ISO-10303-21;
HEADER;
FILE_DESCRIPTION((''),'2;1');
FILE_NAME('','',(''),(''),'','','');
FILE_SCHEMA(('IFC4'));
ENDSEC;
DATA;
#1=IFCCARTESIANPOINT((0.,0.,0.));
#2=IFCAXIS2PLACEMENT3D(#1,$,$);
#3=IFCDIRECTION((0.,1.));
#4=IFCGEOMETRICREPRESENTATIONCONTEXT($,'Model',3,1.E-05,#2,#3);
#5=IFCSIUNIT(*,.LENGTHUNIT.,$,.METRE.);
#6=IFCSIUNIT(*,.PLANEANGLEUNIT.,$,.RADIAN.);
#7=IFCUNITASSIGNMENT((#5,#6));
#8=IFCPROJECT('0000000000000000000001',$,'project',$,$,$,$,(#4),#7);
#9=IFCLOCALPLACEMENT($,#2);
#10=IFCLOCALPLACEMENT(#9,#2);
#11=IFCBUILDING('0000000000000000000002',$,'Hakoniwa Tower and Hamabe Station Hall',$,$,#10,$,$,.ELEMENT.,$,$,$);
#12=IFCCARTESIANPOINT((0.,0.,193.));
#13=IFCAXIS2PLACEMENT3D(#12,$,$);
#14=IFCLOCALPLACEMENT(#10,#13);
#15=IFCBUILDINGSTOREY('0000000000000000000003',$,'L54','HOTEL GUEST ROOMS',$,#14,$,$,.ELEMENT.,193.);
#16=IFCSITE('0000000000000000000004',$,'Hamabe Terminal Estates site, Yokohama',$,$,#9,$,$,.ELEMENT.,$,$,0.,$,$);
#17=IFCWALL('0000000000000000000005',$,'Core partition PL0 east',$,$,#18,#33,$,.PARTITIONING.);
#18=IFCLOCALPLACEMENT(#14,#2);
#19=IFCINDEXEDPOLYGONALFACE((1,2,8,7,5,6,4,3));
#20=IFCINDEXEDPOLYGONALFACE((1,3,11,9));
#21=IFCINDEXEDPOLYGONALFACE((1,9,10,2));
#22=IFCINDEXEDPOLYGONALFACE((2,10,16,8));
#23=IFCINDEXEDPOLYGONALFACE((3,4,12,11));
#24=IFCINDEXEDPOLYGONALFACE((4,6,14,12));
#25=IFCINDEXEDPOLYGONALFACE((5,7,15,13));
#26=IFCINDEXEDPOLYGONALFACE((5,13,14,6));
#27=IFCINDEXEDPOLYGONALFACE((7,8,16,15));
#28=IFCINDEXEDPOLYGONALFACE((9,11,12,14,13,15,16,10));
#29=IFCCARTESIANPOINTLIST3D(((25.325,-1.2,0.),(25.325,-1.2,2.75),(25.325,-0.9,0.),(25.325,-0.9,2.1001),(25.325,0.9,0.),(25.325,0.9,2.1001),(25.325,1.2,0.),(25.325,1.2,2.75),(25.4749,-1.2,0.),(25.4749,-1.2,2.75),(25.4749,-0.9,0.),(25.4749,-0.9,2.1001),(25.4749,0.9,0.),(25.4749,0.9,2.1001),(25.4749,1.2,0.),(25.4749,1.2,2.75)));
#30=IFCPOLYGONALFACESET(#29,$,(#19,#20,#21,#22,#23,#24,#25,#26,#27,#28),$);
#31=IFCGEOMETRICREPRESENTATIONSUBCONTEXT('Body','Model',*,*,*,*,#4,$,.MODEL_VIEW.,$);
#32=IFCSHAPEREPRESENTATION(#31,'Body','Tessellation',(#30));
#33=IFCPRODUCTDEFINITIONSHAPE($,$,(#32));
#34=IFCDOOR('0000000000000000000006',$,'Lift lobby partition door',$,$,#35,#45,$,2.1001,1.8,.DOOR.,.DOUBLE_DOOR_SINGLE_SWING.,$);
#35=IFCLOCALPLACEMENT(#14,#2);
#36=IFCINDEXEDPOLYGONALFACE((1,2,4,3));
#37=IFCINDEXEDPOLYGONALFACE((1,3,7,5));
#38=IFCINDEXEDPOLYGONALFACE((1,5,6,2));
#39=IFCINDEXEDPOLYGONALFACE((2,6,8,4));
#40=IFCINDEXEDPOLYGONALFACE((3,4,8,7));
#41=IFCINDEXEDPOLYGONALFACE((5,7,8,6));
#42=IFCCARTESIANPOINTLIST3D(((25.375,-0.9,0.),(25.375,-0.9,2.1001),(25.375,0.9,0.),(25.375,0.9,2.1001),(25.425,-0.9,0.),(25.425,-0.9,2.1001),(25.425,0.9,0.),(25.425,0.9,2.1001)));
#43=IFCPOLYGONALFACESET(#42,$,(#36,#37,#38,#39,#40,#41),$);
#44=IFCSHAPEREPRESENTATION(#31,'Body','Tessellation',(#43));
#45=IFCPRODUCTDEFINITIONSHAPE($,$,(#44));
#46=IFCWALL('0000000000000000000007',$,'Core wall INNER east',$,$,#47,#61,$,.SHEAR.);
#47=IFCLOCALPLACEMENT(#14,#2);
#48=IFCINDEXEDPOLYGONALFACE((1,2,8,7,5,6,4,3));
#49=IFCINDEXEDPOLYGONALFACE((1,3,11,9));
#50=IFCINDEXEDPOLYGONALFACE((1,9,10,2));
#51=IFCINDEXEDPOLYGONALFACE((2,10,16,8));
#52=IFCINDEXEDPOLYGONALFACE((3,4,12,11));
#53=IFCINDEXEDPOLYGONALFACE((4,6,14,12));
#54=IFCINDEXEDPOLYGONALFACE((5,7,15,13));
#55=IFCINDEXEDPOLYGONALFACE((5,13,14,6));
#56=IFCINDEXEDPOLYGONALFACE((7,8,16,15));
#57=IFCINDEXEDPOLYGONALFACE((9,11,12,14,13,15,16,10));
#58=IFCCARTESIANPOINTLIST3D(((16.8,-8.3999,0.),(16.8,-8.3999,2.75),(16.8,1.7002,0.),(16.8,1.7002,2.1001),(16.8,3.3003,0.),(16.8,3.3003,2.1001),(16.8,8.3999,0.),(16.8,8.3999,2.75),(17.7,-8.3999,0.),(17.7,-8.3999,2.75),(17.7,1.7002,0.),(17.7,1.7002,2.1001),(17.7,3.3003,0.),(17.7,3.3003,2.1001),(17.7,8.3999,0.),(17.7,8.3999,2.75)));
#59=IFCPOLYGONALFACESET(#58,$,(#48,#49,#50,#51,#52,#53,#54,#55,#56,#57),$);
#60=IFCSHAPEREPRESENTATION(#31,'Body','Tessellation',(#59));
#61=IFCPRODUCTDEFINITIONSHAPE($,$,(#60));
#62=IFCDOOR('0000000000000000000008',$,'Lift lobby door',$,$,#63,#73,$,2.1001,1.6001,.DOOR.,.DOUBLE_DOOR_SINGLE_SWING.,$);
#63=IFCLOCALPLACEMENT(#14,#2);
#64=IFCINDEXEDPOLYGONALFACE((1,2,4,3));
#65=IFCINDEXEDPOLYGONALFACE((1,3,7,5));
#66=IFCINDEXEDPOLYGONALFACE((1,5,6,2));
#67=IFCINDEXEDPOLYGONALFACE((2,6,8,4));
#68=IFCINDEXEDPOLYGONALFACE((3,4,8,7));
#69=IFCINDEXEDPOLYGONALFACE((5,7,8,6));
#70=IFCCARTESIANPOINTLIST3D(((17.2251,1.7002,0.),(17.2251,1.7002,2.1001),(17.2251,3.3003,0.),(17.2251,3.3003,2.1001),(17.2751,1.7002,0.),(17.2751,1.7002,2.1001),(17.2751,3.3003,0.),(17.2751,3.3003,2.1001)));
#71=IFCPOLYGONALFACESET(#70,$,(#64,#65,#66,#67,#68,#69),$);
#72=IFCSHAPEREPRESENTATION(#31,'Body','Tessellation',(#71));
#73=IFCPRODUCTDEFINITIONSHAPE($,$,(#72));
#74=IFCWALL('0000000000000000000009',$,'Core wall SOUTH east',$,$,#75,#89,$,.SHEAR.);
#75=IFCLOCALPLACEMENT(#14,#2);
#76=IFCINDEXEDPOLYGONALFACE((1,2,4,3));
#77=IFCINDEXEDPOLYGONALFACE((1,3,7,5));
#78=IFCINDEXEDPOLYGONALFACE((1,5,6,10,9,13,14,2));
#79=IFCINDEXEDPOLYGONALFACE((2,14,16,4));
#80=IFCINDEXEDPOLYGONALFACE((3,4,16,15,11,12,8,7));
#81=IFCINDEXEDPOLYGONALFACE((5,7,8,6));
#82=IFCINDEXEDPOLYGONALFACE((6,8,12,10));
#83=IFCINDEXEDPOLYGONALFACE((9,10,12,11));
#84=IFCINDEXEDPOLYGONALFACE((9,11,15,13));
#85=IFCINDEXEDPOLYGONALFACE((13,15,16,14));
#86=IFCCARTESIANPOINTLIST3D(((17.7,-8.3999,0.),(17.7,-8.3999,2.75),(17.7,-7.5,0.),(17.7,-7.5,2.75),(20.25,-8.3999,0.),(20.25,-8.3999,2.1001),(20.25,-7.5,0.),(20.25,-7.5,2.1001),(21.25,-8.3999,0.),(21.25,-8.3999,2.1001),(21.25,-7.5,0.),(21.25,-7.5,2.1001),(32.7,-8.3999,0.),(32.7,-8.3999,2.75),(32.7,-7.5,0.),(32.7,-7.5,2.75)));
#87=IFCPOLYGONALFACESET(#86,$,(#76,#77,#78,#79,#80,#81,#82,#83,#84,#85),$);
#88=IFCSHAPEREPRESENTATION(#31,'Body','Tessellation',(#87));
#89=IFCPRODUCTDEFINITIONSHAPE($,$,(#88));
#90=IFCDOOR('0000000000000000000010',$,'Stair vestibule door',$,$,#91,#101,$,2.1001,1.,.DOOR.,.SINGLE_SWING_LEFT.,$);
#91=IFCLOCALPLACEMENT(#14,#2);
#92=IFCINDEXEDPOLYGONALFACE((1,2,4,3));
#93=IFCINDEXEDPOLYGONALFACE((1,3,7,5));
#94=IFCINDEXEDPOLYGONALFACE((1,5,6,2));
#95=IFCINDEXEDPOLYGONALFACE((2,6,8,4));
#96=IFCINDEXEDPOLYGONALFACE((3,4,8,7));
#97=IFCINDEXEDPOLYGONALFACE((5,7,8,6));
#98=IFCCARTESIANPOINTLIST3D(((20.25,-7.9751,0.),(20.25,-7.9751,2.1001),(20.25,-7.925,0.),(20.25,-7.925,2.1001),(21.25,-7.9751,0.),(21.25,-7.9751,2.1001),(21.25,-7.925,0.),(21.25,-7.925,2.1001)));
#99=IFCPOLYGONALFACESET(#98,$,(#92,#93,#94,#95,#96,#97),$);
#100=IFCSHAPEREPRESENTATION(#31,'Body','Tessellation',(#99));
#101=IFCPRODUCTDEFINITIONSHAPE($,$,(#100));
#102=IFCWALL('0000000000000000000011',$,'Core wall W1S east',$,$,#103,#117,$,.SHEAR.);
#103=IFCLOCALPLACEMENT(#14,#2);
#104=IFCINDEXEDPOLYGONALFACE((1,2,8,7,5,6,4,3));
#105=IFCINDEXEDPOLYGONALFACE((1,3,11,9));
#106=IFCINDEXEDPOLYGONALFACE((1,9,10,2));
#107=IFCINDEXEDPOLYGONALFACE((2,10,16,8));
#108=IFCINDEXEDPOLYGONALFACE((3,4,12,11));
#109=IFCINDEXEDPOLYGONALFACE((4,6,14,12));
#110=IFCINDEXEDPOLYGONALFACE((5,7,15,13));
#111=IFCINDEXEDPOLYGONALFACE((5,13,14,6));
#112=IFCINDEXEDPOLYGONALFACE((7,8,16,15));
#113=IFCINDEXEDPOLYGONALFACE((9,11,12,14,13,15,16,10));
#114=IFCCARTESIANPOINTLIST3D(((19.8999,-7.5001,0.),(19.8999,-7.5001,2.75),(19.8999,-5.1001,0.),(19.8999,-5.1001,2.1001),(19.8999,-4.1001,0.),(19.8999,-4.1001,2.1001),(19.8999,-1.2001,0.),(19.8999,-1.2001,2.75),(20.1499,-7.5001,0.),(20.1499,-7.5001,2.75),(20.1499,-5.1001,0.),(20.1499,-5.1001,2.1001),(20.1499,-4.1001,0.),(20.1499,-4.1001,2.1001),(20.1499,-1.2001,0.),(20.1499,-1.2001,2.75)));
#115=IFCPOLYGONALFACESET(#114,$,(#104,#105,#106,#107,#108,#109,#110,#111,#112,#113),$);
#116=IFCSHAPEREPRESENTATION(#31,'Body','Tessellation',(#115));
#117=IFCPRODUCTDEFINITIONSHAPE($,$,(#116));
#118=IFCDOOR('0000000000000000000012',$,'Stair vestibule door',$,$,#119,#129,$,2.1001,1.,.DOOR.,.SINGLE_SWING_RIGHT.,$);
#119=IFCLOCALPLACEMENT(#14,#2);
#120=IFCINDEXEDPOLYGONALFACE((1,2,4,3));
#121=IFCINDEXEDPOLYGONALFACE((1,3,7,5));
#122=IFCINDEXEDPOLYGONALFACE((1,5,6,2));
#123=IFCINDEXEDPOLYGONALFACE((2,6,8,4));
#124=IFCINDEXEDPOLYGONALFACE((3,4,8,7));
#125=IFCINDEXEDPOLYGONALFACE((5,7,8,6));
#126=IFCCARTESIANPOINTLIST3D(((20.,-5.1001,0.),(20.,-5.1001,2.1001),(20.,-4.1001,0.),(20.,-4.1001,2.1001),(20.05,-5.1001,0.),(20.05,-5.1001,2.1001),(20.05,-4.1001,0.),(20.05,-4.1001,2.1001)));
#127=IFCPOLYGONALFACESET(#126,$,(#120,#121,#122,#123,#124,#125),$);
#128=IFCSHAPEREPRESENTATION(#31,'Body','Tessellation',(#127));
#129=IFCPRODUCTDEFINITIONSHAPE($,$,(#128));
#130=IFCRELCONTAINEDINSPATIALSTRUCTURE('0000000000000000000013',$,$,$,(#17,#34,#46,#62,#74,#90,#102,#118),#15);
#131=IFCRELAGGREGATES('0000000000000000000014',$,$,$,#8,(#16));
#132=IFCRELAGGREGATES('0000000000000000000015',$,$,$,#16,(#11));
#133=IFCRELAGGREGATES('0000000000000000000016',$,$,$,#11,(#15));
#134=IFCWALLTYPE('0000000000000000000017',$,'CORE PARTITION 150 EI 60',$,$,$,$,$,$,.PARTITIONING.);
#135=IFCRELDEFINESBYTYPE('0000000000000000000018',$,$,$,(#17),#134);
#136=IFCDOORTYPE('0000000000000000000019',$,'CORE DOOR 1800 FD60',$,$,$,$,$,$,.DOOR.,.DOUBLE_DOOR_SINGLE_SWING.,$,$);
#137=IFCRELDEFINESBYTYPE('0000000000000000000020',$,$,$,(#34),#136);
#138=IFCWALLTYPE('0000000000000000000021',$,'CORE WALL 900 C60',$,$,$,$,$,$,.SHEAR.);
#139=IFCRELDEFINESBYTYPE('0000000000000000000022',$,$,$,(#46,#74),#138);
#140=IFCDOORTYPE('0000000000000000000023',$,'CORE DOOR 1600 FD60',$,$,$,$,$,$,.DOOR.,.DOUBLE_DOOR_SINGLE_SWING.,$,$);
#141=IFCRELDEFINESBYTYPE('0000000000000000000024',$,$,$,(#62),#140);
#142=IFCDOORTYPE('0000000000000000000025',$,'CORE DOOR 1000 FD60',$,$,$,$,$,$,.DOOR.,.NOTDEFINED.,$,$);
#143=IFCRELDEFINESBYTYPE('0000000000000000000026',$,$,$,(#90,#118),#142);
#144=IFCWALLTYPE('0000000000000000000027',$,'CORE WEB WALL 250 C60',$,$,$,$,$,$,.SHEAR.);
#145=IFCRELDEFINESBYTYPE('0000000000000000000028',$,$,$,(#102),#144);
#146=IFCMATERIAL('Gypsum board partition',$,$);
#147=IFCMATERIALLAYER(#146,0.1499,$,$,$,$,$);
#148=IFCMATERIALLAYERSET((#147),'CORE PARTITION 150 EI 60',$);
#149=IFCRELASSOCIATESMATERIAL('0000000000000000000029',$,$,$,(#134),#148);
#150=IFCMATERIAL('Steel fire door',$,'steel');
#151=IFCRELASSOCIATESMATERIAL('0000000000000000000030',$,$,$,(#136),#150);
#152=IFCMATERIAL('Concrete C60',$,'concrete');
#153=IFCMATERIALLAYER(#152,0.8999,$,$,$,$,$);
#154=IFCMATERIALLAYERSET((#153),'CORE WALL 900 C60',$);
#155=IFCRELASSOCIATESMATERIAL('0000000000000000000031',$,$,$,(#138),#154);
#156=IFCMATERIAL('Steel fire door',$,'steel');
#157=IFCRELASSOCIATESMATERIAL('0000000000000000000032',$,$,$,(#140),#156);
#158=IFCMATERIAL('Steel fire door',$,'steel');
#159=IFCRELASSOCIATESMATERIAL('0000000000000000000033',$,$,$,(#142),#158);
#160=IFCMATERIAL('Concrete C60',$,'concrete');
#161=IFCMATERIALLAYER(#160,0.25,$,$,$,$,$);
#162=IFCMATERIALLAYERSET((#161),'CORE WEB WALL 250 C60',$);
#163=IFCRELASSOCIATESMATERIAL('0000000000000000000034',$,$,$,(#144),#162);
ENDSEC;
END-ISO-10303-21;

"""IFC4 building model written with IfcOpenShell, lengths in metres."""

from ifc_helpers import new_model, si_unit, direction, frame, frame_2d, origin, place, context, subcontext, project, spatial, rectangle, extrude, material, layer, layer_set, type_object, element, fill, save


model = new_model("IFC4")

# Units and contexts
model_context = context("Model", 3, precision=1e-05, world=origin(), true_north=direction((0.0, 1.0)))
body_context = subcontext(model_context, "Body", "Model", "MODEL_VIEW")
ifc_project = project(units=[si_unit("LENGTHUNIT", "METRE"), si_unit("PLANEANGLEUNIT", "RADIAN")], contexts=[model_context])

# Site, building, storey
site_placement = place(None, origin())
site = spatial("IfcSite", under=ifc_project, at=site_placement, Name="Hamabe Terminal Estates site, Yokohama", CompositionType="ELEMENT", RefElevation=0.0)
building_placement = place(site_placement, origin())
building = spatial("IfcBuilding", under=site, at=building_placement, Name="Hakoniwa Tower and Hamabe Station Hall", CompositionType="ELEMENT")
storey_placement = place(building_placement, frame((0.0, 0.0, 193.0)))
storey = spatial("IfcBuildingStorey", under=building, at=storey_placement, Name="L54", Description="HOTEL GUEST ROOMS", CompositionType="ELEMENT", Elevation=193.0)

# Walls, openings, doors
ifc_material_1 = material(Name="Gypsum board partition")
ifc_layer_1 = layer(ifc_material_1, 0.1499)
ifc_layer_set_1 = layer_set([ifc_layer_1], Name="CORE PARTITION 150 EI 60")
wall_type_1 = type_object("IfcWallType", Name="CORE PARTITION 150 EI 60", PredefinedType="PARTITIONING", material=ifc_layer_set_1)
wall_1_placement = place(storey_placement, frame((25.3999, -1.2, 0.0), z_axis=(0.0, 0.0, 1.0), x_axis=(0.0, 1.0, 0.0)))
wall_1 = element("IfcWall", 1, at=wall_1_placement, inside=storey, type_object=wall_type_1, Name="Core partition PL0 east", PredefinedType="PARTITIONING", context=body_context, shape_type="SweptSolid", body=[
    extrude(rectangle(XDim=2.3999, YDim=0.1499, at=frame_2d((1.2, 0.0))), origin(), (0.0, 0.0, 1.0), 2.75),
])
opening_1_placement = place(wall_1_placement, frame((0.3, 0.0, 0.0)))
opening_1 = element("IfcOpeningElement", 2, at=opening_1_placement, cuts=wall_1, PredefinedType="OPENING", context=body_context, shape_type="SweptSolid", body=[
    extrude(rectangle(XDim=1.8, YDim=2.1001, at=frame_2d((0.8999, 1.05))), frame((0.0, 0.085, 0.0), z_axis=(0.0, -1.0, 0.0), x_axis=(1.0, 0.0, 0.0)), (0.0, 0.0, 1.0), 0.1699),
])
ifc_material_2 = material(Name="Steel fire door", Category="steel")
door_type_1 = type_object("IfcDoorType", Name="CORE DOOR 1800 FD60", OperationType="DOUBLE_DOOR_SINGLE_SWING", PredefinedType="DOOR", material=ifc_material_2)
door_1_placement = place(opening_1_placement, origin())
door_1 = element("IfcDoor", 3, at=door_1_placement, inside=storey, type_object=door_type_1, Name="Lift lobby partition door", OperationType="DOUBLE_DOOR_SINGLE_SWING", OverallHeight=2.1001, OverallWidth=1.8, PredefinedType="DOOR", context=body_context, shape_type="SweptSolid", body=[
    extrude(rectangle(XDim=1.8, YDim=2.1001, at=frame_2d((0.8999, 1.05))), frame((0.0, 0.0249, 0.0), z_axis=(0.0, -1.0, 0.0), x_axis=(1.0, 0.0, 0.0)), (0.0, 0.0, 1.0), 0.05),
])
fill(opening_1, door_1)
ifc_material_3 = material(Name="Concrete C60", Category="concrete")
ifc_layer_2 = layer(ifc_material_3, 0.8999)
ifc_layer_set_2 = layer_set([ifc_layer_2], Name="CORE WALL 900 C60")
wall_type_2 = type_object("IfcWallType", Name="CORE WALL 900 C60", PredefinedType="SHEAR", material=ifc_layer_set_2)
wall_2_placement = place(storey_placement, frame((17.25, -8.3999, 0.0), z_axis=(0.0, 0.0, 1.0), x_axis=(0.0, 1.0, 0.0)))
wall_2 = element("IfcWall", 4, at=wall_2_placement, inside=storey, type_object=wall_type_2, Name="Core wall INNER east", PredefinedType="SHEAR", context=body_context, shape_type="SweptSolid", body=[
    extrude(rectangle(XDim=16.7998, YDim=0.8999, at=frame_2d((8.3999, 0.0))), origin(), (0.0, 0.0, 1.0), 2.75),
])
opening_2_placement = place(wall_2_placement, frame((10.1001, 0.0, 0.0)))
opening_2 = element("IfcOpeningElement", 5, at=opening_2_placement, cuts=wall_2, PredefinedType="OPENING", context=body_context, shape_type="SweptSolid", body=[
    extrude(rectangle(XDim=1.6001, YDim=2.1001, at=frame_2d((0.8, 1.05))), frame((0.0, 0.46, 0.0), z_axis=(0.0, -1.0, 0.0), x_axis=(1.0, 0.0, 0.0)), (0.0, 0.0, 1.0), 0.9199),
])
ifc_material_4 = material(Name="Steel fire door", Category="steel")
door_type_2 = type_object("IfcDoorType", Name="CORE DOOR 1600 FD60", OperationType="DOUBLE_DOOR_SINGLE_SWING", PredefinedType="DOOR", material=ifc_material_4)
door_2_placement = place(opening_2_placement, origin())
door_2 = element("IfcDoor", 6, at=door_2_placement, inside=storey, type_object=door_type_2, Name="Lift lobby door", OperationType="DOUBLE_DOOR_SINGLE_SWING", OverallHeight=2.1001, OverallWidth=1.6001, PredefinedType="DOOR", context=body_context, shape_type="SweptSolid", body=[
    extrude(rectangle(XDim=1.6001, YDim=2.1001, at=frame_2d((0.8, 1.05))), frame((0.0, 0.0249, 0.0), z_axis=(0.0, -1.0, 0.0), x_axis=(1.0, 0.0, 0.0)), (0.0, 0.0, 1.0), 0.05),
])
fill(opening_2, door_2)
wall_3_placement = place(storey_placement, frame((17.7, -7.95, 0.0), z_axis=(0.0, 0.0, 1.0), x_axis=(1.0, 0.0, 0.0)))
wall_3 = element("IfcWall", 7, at=wall_3_placement, inside=storey, type_object=wall_type_2, Name="Core wall SOUTH east", PredefinedType="SHEAR", context=body_context, shape_type="SweptSolid", body=[
    extrude(rectangle(XDim=15.0, YDim=0.8999, at=frame_2d((7.5, 0.0))), origin(), (0.0, 0.0, 1.0), 2.75),
])
opening_3_placement = place(wall_3_placement, frame((2.55, 0.0, 0.0)))
opening_3 = element("IfcOpeningElement", 8, at=opening_3_placement, cuts=wall_3, PredefinedType="OPENING", context=body_context, shape_type="SweptSolid", body=[
    extrude(rectangle(XDim=1.0, YDim=2.1001, at=frame_2d((0.5, 1.05))), frame((0.0, 0.46, 0.0), z_axis=(0.0, -1.0, 0.0), x_axis=(1.0, 0.0, 0.0)), (0.0, 0.0, 1.0), 0.9199),
])
ifc_material_5 = material(Name="Steel fire door", Category="steel")
door_type_3 = type_object("IfcDoorType", Name="CORE DOOR 1000 FD60", OperationType="NOTDEFINED", PredefinedType="DOOR", material=ifc_material_5)
door_3_placement = place(opening_3_placement, origin())
door_3 = element("IfcDoor", 9, at=door_3_placement, inside=storey, type_object=door_type_3, Name="Stair vestibule door", OperationType="SINGLE_SWING_LEFT", OverallHeight=2.1001, OverallWidth=1.0, PredefinedType="DOOR", context=body_context, shape_type="SweptSolid", body=[
    extrude(rectangle(XDim=1.0, YDim=2.1001, at=frame_2d((0.5, 1.05))), frame((0.0, 0.0249, 0.0), z_axis=(0.0, -1.0, 0.0), x_axis=(1.0, 0.0, 0.0)), (0.0, 0.0, 1.0), 0.05),
])
fill(opening_3, door_3)
ifc_material_6 = material(Name="Concrete C60", Category="concrete")
ifc_layer_3 = layer(ifc_material_6, 0.25)
ifc_layer_set_3 = layer_set([ifc_layer_3], Name="CORE WEB WALL 250 C60")
wall_type_3 = type_object("IfcWallType", Name="CORE WEB WALL 250 C60", PredefinedType="SHEAR", material=ifc_layer_set_3)
wall_4_placement = place(storey_placement, frame((20.0249, -7.5, 0.0), z_axis=(0.0, 0.0, 1.0), x_axis=(0.0, 1.0, 0.0)))
wall_4 = element("IfcWall", 10, at=wall_4_placement, inside=storey, type_object=wall_type_3, Name="Core wall W1S east", PredefinedType="SHEAR", context=body_context, shape_type="SweptSolid", body=[
    extrude(rectangle(XDim=6.3, YDim=0.25, at=frame_2d((3.1499, 0.0))), origin(), (0.0, 0.0, 1.0), 2.75),
])
opening_4_placement = place(wall_4_placement, frame((2.3999, 0.0, 0.0)))
opening_4 = element("IfcOpeningElement", 11, at=opening_4_placement, cuts=wall_4, PredefinedType="OPENING", context=body_context, shape_type="SweptSolid", body=[
    extrude(rectangle(XDim=1.0, YDim=2.1001, at=frame_2d((0.5, 1.05))), frame((0.0, 0.135, 0.0), z_axis=(0.0, -1.0, 0.0), x_axis=(1.0, 0.0, 0.0)), (0.0, 0.0, 1.0), 0.27),
])
door_4_placement = place(opening_4_placement, origin())
door_4 = element("IfcDoor", 12, at=door_4_placement, inside=storey, type_object=door_type_3, Name="Stair vestibule door", OperationType="SINGLE_SWING_RIGHT", OverallHeight=2.1001, OverallWidth=1.0, PredefinedType="DOOR", context=body_context, shape_type="SweptSolid", body=[
    extrude(rectangle(XDim=1.0, YDim=2.1001, at=frame_2d((0.5, 1.05))), frame((0.0, 0.0249, 0.0), z_axis=(0.0, -1.0, 0.0), x_axis=(1.0, 0.0, 0.0)), (0.0, 0.0, 1.0), 0.05),
])
fill(opening_4, door_4)

save(model, "model.ifc")
